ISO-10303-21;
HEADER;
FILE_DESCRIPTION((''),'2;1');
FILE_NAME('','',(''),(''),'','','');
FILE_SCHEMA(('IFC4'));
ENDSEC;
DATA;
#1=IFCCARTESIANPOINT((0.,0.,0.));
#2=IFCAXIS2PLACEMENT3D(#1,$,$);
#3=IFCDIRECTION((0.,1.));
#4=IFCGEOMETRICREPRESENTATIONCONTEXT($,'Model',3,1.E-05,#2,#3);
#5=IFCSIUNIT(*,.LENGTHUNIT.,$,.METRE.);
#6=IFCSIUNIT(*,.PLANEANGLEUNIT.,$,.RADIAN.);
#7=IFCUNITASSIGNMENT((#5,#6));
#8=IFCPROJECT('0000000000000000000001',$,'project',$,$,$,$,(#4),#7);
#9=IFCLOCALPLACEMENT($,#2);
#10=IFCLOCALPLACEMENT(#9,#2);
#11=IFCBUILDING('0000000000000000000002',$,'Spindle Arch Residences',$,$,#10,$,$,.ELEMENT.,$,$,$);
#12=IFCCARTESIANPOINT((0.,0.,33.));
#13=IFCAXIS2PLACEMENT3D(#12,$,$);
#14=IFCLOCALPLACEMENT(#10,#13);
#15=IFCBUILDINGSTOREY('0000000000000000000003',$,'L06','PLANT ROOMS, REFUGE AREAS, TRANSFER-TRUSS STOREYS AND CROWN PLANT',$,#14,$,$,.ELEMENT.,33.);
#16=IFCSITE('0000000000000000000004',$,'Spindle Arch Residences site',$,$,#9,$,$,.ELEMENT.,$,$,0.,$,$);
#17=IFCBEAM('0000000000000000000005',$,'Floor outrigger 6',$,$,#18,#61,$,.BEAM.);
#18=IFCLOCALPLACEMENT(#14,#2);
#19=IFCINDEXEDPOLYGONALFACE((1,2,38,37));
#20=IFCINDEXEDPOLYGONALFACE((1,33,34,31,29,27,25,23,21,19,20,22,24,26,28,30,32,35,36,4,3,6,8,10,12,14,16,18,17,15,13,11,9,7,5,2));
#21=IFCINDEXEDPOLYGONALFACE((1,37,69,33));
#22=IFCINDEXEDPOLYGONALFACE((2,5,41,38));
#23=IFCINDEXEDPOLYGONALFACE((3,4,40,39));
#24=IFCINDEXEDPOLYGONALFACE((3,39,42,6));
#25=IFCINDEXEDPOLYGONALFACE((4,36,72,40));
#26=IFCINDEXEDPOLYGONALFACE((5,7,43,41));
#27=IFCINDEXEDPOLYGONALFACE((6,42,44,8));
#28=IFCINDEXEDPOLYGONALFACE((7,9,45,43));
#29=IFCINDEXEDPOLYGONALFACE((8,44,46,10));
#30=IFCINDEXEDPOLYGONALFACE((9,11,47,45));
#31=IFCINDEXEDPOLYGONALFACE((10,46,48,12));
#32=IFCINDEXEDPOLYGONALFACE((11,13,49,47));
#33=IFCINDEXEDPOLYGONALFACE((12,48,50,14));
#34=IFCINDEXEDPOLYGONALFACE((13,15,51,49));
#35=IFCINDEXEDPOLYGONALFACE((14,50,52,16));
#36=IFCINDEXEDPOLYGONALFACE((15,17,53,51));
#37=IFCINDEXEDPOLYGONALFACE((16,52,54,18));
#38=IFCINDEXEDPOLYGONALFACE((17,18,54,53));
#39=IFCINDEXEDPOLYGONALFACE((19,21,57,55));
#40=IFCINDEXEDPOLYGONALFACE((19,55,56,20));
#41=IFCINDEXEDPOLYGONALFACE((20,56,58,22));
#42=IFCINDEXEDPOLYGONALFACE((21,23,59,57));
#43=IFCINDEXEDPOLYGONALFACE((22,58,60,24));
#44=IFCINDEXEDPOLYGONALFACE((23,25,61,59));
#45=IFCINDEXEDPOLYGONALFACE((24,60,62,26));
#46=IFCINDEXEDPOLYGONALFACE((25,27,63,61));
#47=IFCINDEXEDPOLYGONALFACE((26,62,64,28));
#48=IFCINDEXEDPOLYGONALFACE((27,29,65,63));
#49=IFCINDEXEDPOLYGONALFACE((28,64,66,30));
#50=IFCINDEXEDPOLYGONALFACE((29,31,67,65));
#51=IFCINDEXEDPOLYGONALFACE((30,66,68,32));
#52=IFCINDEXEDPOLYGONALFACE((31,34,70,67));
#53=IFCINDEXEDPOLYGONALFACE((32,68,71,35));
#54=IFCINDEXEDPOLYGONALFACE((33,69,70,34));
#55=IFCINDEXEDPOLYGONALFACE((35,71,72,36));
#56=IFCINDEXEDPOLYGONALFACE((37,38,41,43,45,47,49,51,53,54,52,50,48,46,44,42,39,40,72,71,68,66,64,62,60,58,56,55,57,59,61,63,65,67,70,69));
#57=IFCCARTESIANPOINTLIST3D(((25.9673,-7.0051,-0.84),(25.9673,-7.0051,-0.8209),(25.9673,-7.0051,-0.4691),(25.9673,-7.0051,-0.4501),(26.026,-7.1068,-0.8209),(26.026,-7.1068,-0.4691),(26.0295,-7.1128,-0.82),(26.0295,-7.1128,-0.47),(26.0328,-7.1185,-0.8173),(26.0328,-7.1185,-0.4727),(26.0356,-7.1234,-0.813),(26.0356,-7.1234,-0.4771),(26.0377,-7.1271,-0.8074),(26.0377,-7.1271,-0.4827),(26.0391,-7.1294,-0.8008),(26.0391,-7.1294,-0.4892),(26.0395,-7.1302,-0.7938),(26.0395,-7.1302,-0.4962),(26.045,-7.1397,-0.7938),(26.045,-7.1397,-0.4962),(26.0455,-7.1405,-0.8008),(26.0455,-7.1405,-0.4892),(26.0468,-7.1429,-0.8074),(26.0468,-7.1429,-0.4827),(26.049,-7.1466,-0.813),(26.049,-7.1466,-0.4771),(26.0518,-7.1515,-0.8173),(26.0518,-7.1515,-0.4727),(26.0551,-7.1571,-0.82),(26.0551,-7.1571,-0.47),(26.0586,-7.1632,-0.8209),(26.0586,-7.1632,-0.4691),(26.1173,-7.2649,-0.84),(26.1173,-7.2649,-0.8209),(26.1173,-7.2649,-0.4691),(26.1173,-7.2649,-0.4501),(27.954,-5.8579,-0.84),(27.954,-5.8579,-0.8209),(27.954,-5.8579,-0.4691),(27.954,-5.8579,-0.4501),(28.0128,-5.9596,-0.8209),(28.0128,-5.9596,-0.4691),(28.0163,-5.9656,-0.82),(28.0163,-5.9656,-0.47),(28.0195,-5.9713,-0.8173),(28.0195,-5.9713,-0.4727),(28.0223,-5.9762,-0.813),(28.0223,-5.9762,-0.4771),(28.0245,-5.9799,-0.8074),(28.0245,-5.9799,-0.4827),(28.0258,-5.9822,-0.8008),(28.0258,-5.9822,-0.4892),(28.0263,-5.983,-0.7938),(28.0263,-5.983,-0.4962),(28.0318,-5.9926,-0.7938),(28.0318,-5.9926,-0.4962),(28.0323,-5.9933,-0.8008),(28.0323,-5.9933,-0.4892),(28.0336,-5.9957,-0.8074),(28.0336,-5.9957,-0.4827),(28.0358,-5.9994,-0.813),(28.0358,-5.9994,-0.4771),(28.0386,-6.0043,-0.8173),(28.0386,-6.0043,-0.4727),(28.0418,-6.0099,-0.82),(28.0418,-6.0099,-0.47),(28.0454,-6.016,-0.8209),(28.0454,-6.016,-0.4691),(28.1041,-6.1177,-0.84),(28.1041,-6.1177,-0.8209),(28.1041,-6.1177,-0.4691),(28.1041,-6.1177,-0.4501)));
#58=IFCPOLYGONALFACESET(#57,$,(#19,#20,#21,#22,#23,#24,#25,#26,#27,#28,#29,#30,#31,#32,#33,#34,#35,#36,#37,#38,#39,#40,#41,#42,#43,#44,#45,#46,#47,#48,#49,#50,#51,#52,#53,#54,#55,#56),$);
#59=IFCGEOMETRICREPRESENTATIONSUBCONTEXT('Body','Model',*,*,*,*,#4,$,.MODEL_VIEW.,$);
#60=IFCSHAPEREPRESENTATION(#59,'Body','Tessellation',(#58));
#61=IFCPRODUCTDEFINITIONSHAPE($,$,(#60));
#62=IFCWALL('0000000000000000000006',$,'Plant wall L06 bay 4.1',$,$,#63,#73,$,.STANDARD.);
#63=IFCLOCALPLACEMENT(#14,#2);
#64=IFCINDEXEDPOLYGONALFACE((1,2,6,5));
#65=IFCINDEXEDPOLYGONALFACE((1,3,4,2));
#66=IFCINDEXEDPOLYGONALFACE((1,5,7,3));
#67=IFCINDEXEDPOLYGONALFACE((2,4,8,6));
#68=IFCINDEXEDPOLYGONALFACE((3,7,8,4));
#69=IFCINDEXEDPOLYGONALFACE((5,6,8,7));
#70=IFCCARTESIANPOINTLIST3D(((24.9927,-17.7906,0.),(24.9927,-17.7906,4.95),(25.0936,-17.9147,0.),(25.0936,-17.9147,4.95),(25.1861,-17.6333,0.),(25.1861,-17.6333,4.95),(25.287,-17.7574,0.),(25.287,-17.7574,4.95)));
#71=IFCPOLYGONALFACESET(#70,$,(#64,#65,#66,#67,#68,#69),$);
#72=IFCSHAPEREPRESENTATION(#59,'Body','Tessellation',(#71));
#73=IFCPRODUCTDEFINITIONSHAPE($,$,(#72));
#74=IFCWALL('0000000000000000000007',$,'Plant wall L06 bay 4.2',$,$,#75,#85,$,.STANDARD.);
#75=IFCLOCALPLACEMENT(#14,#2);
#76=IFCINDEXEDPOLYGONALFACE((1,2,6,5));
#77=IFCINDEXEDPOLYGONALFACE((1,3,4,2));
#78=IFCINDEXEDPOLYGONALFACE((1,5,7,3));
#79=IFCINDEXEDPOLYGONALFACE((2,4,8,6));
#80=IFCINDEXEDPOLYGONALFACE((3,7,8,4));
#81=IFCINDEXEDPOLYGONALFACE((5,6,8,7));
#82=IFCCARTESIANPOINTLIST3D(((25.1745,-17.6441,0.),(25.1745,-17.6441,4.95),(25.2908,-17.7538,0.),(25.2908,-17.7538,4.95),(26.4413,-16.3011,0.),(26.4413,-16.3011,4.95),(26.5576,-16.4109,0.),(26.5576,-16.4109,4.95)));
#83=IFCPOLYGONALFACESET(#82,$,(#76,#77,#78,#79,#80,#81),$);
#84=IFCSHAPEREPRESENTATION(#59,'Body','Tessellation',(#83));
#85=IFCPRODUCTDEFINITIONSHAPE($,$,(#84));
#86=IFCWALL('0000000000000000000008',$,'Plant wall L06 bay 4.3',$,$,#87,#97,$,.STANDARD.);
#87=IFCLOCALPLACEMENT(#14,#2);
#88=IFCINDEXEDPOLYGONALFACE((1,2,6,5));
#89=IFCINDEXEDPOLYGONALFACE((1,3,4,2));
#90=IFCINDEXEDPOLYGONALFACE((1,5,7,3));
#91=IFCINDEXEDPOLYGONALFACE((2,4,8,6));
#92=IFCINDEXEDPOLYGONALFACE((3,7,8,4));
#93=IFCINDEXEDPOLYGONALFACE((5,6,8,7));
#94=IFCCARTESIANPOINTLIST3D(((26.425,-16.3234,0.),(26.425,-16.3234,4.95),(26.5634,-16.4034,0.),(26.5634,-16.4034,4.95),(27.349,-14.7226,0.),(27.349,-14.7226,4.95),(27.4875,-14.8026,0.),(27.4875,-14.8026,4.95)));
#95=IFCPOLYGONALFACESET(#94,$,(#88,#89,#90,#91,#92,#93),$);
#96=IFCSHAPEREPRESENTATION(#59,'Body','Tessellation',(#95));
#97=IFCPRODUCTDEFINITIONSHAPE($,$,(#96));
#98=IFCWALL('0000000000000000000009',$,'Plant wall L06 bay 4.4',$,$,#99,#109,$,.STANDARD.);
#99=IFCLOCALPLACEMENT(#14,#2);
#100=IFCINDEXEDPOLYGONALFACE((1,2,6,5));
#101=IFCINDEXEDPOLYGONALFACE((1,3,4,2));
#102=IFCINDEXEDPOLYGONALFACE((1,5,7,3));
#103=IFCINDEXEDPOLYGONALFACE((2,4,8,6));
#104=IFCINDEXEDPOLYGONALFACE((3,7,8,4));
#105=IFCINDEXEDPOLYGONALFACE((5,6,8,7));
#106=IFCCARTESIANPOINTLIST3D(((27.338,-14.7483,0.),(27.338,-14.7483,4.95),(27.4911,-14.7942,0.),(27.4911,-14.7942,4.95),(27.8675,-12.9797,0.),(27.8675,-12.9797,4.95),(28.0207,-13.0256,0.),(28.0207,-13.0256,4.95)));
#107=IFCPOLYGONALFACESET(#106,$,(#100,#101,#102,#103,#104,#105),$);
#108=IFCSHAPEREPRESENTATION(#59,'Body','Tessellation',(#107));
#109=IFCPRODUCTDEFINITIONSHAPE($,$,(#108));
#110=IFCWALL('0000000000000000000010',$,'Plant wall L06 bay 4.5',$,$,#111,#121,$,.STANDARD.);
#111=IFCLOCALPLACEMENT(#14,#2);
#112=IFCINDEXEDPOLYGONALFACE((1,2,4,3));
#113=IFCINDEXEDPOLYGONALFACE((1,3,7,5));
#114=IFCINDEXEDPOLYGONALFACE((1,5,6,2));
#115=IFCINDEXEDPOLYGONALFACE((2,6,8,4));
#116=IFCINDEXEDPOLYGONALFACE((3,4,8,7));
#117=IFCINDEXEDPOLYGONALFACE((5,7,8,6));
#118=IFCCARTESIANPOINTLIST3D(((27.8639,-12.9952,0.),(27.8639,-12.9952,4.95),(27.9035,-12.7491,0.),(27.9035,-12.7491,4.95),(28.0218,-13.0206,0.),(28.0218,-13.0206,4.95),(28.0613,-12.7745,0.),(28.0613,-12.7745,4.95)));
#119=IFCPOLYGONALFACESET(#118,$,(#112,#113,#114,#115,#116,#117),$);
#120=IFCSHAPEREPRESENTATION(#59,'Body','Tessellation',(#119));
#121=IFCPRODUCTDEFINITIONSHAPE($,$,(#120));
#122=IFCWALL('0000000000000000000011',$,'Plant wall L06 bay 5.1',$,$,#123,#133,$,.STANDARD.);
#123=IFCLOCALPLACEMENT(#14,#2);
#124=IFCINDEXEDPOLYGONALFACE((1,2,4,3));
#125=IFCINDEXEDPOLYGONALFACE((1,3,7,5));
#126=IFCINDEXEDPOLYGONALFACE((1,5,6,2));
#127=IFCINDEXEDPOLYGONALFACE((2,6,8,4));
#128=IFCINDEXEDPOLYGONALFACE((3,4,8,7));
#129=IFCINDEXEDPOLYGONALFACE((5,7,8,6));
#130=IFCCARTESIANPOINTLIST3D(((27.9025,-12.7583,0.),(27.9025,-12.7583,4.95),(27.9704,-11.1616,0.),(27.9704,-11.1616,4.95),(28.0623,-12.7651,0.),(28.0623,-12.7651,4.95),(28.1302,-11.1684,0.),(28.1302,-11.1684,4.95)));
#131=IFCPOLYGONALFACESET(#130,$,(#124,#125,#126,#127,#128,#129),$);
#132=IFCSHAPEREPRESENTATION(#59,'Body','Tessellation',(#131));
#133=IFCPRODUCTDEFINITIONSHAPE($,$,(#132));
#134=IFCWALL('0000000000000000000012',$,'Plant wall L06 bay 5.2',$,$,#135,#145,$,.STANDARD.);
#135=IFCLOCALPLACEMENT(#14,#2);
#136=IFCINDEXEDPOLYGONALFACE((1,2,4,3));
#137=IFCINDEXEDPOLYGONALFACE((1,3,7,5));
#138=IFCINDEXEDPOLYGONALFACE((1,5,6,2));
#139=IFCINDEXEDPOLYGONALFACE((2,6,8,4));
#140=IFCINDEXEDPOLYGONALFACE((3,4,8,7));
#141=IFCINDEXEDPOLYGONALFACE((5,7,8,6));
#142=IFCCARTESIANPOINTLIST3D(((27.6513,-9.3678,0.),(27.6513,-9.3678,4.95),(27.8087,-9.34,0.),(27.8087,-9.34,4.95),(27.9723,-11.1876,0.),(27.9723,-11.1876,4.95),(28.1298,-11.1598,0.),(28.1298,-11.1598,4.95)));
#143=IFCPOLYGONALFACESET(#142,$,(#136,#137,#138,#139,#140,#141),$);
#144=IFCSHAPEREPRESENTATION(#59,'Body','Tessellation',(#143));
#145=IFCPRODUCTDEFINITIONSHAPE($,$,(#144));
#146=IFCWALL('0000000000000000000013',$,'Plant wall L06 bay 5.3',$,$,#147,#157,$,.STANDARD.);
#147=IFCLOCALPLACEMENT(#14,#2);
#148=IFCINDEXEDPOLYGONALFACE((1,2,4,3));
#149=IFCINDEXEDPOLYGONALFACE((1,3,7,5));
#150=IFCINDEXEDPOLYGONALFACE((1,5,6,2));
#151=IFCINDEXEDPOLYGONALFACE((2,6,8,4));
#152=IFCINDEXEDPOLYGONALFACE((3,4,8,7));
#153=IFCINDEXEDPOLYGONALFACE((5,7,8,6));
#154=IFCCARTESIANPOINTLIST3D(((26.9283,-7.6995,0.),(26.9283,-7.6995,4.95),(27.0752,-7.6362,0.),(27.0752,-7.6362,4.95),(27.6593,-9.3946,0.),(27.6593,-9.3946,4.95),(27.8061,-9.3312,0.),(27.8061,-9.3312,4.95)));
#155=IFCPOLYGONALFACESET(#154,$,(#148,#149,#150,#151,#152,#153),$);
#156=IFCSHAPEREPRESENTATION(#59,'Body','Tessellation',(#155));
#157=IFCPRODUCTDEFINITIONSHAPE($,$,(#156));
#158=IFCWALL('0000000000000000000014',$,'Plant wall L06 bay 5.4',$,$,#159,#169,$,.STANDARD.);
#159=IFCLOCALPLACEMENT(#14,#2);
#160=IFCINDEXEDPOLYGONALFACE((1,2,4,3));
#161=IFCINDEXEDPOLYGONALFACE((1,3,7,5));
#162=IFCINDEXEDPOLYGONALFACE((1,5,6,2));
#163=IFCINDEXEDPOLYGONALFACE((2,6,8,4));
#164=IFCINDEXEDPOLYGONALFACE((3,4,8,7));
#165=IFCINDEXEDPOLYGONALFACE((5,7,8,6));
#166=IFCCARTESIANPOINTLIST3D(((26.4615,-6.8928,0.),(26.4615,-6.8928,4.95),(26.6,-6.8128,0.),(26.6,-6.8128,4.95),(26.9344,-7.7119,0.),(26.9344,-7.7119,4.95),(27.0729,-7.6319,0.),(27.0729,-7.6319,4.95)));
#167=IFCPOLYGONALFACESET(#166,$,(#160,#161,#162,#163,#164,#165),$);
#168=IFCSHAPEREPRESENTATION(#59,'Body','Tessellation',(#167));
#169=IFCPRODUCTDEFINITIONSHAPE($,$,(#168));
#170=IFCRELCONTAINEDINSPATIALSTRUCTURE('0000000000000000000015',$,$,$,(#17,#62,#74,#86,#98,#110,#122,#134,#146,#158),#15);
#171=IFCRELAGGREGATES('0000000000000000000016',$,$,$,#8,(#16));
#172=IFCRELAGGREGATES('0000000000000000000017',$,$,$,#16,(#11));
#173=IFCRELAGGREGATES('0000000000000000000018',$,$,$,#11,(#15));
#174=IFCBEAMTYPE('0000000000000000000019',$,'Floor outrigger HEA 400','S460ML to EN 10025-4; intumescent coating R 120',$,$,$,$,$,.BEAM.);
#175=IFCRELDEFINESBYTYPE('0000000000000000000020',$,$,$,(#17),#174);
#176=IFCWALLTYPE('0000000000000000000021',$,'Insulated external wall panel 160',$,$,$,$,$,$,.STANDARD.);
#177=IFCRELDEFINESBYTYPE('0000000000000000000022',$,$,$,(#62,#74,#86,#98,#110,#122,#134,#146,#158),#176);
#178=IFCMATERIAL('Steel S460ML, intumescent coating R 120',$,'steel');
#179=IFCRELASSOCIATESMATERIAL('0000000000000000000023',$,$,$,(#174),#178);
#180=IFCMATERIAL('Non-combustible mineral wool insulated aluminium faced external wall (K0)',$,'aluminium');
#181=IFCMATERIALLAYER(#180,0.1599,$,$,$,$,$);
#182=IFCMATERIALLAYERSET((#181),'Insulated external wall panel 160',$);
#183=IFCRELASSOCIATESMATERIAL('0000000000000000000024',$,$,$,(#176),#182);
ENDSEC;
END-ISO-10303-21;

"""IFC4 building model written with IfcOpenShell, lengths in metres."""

from ifc_helpers import new_model, si_unit, direction, frame, frame_2d, origin, origin_2d, place, context, subcontext, project, spatial, rectangle, i_section, extrude, material, layer, layer_set, material_profile, profile_set, type_object, element, save


model = new_model("IFC4")

# Units and contexts
model_context = context("Model", 3, precision=1e-05, world=origin(), true_north=direction((0.0, 1.0)))
body_context = subcontext(model_context, "Body", "Model", "MODEL_VIEW")
ifc_project = project(units=[si_unit("LENGTHUNIT", "METRE"), si_unit("PLANEANGLEUNIT", "RADIAN")], contexts=[model_context])

# Site, building, storey
site_placement = place(None, origin())
site = spatial("IfcSite", under=ifc_project, at=site_placement, Name="Spindle Arch Residences site", CompositionType="ELEMENT", RefElevation=0.0)
building_placement = place(site_placement, origin())
building = spatial("IfcBuilding", under=site, at=building_placement, Name="Spindle Arch Residences", CompositionType="ELEMENT")
storey_placement = place(building_placement, frame((0.0, 0.0, 33.0)))
storey = spatial("IfcBuildingStorey", under=building, at=storey_placement, Name="L06", Description="PLANT ROOMS, REFUGE AREAS, TRANSFER-TRUSS STOREYS AND CROWN PLANT", CompositionType="ELEMENT", Elevation=33.0)

# Beam
ifc_material_1 = material(Name="Steel S460ML, intumescent coating R 120", Category="steel")
ifc_material_profile_1 = material_profile(ifc_material_1, i_section(OverallWidth=0.3, OverallDepth=0.3899, WebThickness=0.011, FlangeThickness=0.019, FilletRadius=0.0271, at=origin_2d()), Name="HEA 400")
ifc_profile_set_1 = profile_set([ifc_material_profile_1], Name="Steel S460ML, intumescent coating R 120")
beam_type_1 = type_object("IfcBeamType", Name="Floor outrigger HEA 400", Description="S460ML to EN 10025-4; intumescent coating R 120", PredefinedType="BEAM", material=ifc_profile_set_1)
beam_1_placement = place(storey_placement, frame((28.0291, -5.9878, -0.645), z_axis=(-0.866001, -0.500042, 0.0), x_axis=(0.500042, -0.866001, 0.0)))
element("IfcBeam", 1, at=beam_1_placement, inside=storey, type_object=beam_type_1, Name="Floor outrigger 6", PredefinedType="BEAM", context=body_context, shape_type="SweptSolid", body=[
    extrude(i_section(OverallWidth=0.3, OverallDepth=0.3899, WebThickness=0.011, FlangeThickness=0.019, FilletRadius=0.0271, at=origin_2d()), origin(), (0.0, 0.0, 1.0), 2.2942),
])

# Walls
ifc_material_2 = material(Name="Non-combustible mineral wool insulated aluminium faced external wall (K0)", Category="aluminium")
ifc_layer = layer(ifc_material_2, 0.1599)
ifc_layer_set = layer_set([ifc_layer], Name="Insulated external wall panel 160")
wall_type = type_object("IfcWallType", Name="Insulated external wall panel 160", PredefinedType="STANDARD", material=ifc_layer_set)
wall_1_placement = place(storey_placement, frame((25.0432, -17.8525, 0.0), z_axis=(0.0, 0.0, 1.0), x_axis=(0.775874, 0.630888, 0.0)))
element("IfcWall", 2, at=wall_1_placement, inside=storey, type_object=wall_type, Name="Plant wall L06 bay 4.1", PredefinedType="STANDARD", context=body_context, shape_type="SweptSolid", body=[
    extrude(rectangle(XDim=0.2493, YDim=0.1599, at=frame_2d((0.1245, 0.0))), origin(), (0.0, 0.0, 1.0), 4.95),
])
wall_2_placement = place(storey_placement, frame((25.2327, -17.699, 0.0), z_axis=(0.0, 0.0, 1.0), x_axis=(0.686177, 0.727435, 0.0)))
element("IfcWall", 3, at=wall_2_placement, inside=storey, type_object=wall_type, Name="Plant wall L06 bay 4.2", PredefinedType="STANDARD", context=body_context, shape_type="SweptSolid", body=[
    extrude(rectangle(XDim=1.8462, YDim=0.1599, at=frame_2d((0.9231, 0.0))), origin(), (0.0, 0.0, 1.0), 4.95),
])
wall_3_placement = place(storey_placement, frame((26.4941, -16.3635, 0.0), z_axis=(0.0, 0.0, 1.0), x_axis=(0.499932, 0.866065, 0.0)))
element("IfcWall", 4, at=wall_3_placement, inside=storey, type_object=wall_type, Name="Plant wall L06 bay 4.3", PredefinedType="STANDARD", context=body_context, shape_type="SweptSolid", body=[
    extrude(rectangle(XDim=1.8484, YDim=0.1599, at=frame_2d((0.9243, 0.0))), origin(), (0.0, 0.0, 1.0), 4.95),
])
wall_4_placement = place(storey_placement, frame((27.4146, -14.7712, 0.0), z_axis=(0.0, 0.0, 1.0), x_axis=(0.286838, 0.957979, 0.0)))
element("IfcWall", 5, at=wall_4_placement, inside=storey, type_object=wall_type, Name="Plant wall L06 bay 4.4", PredefinedType="STANDARD", context=body_context, shape_type="SweptSolid", body=[
    extrude(rectangle(XDim=1.8462, YDim=0.1599, at=frame_2d((0.9231, 0.0))), origin(), (0.0, 0.0, 1.0), 4.95),
])
wall_5_placement = place(storey_placement, frame((27.9429, -13.0078, 0.0), z_axis=(0.0, 0.0, 1.0), x_axis=(0.158678, 0.98733, 0.0)))
element("IfcWall", 6, at=wall_5_placement, inside=storey, type_object=wall_type, Name="Plant wall L06 bay 4.5", PredefinedType="STANDARD", context=body_context, shape_type="SweptSolid", body=[
    extrude(rectangle(XDim=0.2493, YDim=0.1599, at=frame_2d((0.1245, 0.0))), origin(), (0.0, 0.0, 1.0), 4.95),
])
wall_6_placement = place(storey_placement, frame((27.9824, -12.7617, 0.0), z_axis=(0.0, 0.0, 1.0), x_axis=(0.042469, 0.999098, 0.0)))
element("IfcWall", 7, at=wall_6_placement, inside=storey, type_object=wall_type, Name="Plant wall L06 bay 5.1", PredefinedType="STANDARD", context=body_context, shape_type="SweptSolid", body=[
    extrude(rectangle(XDim=1.5981, YDim=0.1599, at=frame_2d((0.7991, 0.0))), origin(), (0.0, 0.0, 1.0), 4.95),
])
wall_7_placement = place(storey_placement, frame((28.051, -11.1736, 0.0), z_axis=(0.0, 0.0, 1.0), x_axis=(-0.173733, 0.984793, 0.0)))
element("IfcWall", 8, at=wall_7_placement, inside=storey, type_object=wall_type, Name="Plant wall L06 bay 5.2", PredefinedType="STANDARD", context=body_context, shape_type="SweptSolid", body=[
    extrude(rectangle(XDim=1.8479, YDim=0.1599, at=frame_2d((0.9238, 0.0))), origin(), (0.0, 0.0, 1.0), 4.95),
])
wall_8_placement = place(storey_placement, frame((27.7327, -9.3628, 0.0), z_axis=(0.0, 0.0, 1.0), x_axis=(-0.395977, 0.91826, 0.0)))
element("IfcWall", 9, at=wall_8_placement, inside=storey, type_object=wall_type, Name="Plant wall L06 bay 5.3", PredefinedType="STANDARD", context=body_context, shape_type="SweptSolid", body=[
    extrude(rectangle(XDim=1.8459, YDim=0.1599, at=frame_2d((0.9229, 0.0))), origin(), (0.0, 0.0, 1.0), 4.95),
])
wall_9_placement = place(storey_placement, frame((27.0037, -7.6719, 0.0), z_axis=(0.0, 0.0, 1.0), x_axis=(-0.499998, 0.866027, 0.0)))
element("IfcWall", 10, at=wall_9_placement, inside=storey, type_object=wall_type, Name="Plant wall L06 bay 5.4", PredefinedType="STANDARD", context=body_context, shape_type="SweptSolid", body=[
    extrude(rectangle(XDim=0.9458, YDim=0.1599, at=frame_2d((0.4729, 0.0))), origin(), (0.0, 0.0, 1.0), 4.95),
])

save(model, "model.ifc")
